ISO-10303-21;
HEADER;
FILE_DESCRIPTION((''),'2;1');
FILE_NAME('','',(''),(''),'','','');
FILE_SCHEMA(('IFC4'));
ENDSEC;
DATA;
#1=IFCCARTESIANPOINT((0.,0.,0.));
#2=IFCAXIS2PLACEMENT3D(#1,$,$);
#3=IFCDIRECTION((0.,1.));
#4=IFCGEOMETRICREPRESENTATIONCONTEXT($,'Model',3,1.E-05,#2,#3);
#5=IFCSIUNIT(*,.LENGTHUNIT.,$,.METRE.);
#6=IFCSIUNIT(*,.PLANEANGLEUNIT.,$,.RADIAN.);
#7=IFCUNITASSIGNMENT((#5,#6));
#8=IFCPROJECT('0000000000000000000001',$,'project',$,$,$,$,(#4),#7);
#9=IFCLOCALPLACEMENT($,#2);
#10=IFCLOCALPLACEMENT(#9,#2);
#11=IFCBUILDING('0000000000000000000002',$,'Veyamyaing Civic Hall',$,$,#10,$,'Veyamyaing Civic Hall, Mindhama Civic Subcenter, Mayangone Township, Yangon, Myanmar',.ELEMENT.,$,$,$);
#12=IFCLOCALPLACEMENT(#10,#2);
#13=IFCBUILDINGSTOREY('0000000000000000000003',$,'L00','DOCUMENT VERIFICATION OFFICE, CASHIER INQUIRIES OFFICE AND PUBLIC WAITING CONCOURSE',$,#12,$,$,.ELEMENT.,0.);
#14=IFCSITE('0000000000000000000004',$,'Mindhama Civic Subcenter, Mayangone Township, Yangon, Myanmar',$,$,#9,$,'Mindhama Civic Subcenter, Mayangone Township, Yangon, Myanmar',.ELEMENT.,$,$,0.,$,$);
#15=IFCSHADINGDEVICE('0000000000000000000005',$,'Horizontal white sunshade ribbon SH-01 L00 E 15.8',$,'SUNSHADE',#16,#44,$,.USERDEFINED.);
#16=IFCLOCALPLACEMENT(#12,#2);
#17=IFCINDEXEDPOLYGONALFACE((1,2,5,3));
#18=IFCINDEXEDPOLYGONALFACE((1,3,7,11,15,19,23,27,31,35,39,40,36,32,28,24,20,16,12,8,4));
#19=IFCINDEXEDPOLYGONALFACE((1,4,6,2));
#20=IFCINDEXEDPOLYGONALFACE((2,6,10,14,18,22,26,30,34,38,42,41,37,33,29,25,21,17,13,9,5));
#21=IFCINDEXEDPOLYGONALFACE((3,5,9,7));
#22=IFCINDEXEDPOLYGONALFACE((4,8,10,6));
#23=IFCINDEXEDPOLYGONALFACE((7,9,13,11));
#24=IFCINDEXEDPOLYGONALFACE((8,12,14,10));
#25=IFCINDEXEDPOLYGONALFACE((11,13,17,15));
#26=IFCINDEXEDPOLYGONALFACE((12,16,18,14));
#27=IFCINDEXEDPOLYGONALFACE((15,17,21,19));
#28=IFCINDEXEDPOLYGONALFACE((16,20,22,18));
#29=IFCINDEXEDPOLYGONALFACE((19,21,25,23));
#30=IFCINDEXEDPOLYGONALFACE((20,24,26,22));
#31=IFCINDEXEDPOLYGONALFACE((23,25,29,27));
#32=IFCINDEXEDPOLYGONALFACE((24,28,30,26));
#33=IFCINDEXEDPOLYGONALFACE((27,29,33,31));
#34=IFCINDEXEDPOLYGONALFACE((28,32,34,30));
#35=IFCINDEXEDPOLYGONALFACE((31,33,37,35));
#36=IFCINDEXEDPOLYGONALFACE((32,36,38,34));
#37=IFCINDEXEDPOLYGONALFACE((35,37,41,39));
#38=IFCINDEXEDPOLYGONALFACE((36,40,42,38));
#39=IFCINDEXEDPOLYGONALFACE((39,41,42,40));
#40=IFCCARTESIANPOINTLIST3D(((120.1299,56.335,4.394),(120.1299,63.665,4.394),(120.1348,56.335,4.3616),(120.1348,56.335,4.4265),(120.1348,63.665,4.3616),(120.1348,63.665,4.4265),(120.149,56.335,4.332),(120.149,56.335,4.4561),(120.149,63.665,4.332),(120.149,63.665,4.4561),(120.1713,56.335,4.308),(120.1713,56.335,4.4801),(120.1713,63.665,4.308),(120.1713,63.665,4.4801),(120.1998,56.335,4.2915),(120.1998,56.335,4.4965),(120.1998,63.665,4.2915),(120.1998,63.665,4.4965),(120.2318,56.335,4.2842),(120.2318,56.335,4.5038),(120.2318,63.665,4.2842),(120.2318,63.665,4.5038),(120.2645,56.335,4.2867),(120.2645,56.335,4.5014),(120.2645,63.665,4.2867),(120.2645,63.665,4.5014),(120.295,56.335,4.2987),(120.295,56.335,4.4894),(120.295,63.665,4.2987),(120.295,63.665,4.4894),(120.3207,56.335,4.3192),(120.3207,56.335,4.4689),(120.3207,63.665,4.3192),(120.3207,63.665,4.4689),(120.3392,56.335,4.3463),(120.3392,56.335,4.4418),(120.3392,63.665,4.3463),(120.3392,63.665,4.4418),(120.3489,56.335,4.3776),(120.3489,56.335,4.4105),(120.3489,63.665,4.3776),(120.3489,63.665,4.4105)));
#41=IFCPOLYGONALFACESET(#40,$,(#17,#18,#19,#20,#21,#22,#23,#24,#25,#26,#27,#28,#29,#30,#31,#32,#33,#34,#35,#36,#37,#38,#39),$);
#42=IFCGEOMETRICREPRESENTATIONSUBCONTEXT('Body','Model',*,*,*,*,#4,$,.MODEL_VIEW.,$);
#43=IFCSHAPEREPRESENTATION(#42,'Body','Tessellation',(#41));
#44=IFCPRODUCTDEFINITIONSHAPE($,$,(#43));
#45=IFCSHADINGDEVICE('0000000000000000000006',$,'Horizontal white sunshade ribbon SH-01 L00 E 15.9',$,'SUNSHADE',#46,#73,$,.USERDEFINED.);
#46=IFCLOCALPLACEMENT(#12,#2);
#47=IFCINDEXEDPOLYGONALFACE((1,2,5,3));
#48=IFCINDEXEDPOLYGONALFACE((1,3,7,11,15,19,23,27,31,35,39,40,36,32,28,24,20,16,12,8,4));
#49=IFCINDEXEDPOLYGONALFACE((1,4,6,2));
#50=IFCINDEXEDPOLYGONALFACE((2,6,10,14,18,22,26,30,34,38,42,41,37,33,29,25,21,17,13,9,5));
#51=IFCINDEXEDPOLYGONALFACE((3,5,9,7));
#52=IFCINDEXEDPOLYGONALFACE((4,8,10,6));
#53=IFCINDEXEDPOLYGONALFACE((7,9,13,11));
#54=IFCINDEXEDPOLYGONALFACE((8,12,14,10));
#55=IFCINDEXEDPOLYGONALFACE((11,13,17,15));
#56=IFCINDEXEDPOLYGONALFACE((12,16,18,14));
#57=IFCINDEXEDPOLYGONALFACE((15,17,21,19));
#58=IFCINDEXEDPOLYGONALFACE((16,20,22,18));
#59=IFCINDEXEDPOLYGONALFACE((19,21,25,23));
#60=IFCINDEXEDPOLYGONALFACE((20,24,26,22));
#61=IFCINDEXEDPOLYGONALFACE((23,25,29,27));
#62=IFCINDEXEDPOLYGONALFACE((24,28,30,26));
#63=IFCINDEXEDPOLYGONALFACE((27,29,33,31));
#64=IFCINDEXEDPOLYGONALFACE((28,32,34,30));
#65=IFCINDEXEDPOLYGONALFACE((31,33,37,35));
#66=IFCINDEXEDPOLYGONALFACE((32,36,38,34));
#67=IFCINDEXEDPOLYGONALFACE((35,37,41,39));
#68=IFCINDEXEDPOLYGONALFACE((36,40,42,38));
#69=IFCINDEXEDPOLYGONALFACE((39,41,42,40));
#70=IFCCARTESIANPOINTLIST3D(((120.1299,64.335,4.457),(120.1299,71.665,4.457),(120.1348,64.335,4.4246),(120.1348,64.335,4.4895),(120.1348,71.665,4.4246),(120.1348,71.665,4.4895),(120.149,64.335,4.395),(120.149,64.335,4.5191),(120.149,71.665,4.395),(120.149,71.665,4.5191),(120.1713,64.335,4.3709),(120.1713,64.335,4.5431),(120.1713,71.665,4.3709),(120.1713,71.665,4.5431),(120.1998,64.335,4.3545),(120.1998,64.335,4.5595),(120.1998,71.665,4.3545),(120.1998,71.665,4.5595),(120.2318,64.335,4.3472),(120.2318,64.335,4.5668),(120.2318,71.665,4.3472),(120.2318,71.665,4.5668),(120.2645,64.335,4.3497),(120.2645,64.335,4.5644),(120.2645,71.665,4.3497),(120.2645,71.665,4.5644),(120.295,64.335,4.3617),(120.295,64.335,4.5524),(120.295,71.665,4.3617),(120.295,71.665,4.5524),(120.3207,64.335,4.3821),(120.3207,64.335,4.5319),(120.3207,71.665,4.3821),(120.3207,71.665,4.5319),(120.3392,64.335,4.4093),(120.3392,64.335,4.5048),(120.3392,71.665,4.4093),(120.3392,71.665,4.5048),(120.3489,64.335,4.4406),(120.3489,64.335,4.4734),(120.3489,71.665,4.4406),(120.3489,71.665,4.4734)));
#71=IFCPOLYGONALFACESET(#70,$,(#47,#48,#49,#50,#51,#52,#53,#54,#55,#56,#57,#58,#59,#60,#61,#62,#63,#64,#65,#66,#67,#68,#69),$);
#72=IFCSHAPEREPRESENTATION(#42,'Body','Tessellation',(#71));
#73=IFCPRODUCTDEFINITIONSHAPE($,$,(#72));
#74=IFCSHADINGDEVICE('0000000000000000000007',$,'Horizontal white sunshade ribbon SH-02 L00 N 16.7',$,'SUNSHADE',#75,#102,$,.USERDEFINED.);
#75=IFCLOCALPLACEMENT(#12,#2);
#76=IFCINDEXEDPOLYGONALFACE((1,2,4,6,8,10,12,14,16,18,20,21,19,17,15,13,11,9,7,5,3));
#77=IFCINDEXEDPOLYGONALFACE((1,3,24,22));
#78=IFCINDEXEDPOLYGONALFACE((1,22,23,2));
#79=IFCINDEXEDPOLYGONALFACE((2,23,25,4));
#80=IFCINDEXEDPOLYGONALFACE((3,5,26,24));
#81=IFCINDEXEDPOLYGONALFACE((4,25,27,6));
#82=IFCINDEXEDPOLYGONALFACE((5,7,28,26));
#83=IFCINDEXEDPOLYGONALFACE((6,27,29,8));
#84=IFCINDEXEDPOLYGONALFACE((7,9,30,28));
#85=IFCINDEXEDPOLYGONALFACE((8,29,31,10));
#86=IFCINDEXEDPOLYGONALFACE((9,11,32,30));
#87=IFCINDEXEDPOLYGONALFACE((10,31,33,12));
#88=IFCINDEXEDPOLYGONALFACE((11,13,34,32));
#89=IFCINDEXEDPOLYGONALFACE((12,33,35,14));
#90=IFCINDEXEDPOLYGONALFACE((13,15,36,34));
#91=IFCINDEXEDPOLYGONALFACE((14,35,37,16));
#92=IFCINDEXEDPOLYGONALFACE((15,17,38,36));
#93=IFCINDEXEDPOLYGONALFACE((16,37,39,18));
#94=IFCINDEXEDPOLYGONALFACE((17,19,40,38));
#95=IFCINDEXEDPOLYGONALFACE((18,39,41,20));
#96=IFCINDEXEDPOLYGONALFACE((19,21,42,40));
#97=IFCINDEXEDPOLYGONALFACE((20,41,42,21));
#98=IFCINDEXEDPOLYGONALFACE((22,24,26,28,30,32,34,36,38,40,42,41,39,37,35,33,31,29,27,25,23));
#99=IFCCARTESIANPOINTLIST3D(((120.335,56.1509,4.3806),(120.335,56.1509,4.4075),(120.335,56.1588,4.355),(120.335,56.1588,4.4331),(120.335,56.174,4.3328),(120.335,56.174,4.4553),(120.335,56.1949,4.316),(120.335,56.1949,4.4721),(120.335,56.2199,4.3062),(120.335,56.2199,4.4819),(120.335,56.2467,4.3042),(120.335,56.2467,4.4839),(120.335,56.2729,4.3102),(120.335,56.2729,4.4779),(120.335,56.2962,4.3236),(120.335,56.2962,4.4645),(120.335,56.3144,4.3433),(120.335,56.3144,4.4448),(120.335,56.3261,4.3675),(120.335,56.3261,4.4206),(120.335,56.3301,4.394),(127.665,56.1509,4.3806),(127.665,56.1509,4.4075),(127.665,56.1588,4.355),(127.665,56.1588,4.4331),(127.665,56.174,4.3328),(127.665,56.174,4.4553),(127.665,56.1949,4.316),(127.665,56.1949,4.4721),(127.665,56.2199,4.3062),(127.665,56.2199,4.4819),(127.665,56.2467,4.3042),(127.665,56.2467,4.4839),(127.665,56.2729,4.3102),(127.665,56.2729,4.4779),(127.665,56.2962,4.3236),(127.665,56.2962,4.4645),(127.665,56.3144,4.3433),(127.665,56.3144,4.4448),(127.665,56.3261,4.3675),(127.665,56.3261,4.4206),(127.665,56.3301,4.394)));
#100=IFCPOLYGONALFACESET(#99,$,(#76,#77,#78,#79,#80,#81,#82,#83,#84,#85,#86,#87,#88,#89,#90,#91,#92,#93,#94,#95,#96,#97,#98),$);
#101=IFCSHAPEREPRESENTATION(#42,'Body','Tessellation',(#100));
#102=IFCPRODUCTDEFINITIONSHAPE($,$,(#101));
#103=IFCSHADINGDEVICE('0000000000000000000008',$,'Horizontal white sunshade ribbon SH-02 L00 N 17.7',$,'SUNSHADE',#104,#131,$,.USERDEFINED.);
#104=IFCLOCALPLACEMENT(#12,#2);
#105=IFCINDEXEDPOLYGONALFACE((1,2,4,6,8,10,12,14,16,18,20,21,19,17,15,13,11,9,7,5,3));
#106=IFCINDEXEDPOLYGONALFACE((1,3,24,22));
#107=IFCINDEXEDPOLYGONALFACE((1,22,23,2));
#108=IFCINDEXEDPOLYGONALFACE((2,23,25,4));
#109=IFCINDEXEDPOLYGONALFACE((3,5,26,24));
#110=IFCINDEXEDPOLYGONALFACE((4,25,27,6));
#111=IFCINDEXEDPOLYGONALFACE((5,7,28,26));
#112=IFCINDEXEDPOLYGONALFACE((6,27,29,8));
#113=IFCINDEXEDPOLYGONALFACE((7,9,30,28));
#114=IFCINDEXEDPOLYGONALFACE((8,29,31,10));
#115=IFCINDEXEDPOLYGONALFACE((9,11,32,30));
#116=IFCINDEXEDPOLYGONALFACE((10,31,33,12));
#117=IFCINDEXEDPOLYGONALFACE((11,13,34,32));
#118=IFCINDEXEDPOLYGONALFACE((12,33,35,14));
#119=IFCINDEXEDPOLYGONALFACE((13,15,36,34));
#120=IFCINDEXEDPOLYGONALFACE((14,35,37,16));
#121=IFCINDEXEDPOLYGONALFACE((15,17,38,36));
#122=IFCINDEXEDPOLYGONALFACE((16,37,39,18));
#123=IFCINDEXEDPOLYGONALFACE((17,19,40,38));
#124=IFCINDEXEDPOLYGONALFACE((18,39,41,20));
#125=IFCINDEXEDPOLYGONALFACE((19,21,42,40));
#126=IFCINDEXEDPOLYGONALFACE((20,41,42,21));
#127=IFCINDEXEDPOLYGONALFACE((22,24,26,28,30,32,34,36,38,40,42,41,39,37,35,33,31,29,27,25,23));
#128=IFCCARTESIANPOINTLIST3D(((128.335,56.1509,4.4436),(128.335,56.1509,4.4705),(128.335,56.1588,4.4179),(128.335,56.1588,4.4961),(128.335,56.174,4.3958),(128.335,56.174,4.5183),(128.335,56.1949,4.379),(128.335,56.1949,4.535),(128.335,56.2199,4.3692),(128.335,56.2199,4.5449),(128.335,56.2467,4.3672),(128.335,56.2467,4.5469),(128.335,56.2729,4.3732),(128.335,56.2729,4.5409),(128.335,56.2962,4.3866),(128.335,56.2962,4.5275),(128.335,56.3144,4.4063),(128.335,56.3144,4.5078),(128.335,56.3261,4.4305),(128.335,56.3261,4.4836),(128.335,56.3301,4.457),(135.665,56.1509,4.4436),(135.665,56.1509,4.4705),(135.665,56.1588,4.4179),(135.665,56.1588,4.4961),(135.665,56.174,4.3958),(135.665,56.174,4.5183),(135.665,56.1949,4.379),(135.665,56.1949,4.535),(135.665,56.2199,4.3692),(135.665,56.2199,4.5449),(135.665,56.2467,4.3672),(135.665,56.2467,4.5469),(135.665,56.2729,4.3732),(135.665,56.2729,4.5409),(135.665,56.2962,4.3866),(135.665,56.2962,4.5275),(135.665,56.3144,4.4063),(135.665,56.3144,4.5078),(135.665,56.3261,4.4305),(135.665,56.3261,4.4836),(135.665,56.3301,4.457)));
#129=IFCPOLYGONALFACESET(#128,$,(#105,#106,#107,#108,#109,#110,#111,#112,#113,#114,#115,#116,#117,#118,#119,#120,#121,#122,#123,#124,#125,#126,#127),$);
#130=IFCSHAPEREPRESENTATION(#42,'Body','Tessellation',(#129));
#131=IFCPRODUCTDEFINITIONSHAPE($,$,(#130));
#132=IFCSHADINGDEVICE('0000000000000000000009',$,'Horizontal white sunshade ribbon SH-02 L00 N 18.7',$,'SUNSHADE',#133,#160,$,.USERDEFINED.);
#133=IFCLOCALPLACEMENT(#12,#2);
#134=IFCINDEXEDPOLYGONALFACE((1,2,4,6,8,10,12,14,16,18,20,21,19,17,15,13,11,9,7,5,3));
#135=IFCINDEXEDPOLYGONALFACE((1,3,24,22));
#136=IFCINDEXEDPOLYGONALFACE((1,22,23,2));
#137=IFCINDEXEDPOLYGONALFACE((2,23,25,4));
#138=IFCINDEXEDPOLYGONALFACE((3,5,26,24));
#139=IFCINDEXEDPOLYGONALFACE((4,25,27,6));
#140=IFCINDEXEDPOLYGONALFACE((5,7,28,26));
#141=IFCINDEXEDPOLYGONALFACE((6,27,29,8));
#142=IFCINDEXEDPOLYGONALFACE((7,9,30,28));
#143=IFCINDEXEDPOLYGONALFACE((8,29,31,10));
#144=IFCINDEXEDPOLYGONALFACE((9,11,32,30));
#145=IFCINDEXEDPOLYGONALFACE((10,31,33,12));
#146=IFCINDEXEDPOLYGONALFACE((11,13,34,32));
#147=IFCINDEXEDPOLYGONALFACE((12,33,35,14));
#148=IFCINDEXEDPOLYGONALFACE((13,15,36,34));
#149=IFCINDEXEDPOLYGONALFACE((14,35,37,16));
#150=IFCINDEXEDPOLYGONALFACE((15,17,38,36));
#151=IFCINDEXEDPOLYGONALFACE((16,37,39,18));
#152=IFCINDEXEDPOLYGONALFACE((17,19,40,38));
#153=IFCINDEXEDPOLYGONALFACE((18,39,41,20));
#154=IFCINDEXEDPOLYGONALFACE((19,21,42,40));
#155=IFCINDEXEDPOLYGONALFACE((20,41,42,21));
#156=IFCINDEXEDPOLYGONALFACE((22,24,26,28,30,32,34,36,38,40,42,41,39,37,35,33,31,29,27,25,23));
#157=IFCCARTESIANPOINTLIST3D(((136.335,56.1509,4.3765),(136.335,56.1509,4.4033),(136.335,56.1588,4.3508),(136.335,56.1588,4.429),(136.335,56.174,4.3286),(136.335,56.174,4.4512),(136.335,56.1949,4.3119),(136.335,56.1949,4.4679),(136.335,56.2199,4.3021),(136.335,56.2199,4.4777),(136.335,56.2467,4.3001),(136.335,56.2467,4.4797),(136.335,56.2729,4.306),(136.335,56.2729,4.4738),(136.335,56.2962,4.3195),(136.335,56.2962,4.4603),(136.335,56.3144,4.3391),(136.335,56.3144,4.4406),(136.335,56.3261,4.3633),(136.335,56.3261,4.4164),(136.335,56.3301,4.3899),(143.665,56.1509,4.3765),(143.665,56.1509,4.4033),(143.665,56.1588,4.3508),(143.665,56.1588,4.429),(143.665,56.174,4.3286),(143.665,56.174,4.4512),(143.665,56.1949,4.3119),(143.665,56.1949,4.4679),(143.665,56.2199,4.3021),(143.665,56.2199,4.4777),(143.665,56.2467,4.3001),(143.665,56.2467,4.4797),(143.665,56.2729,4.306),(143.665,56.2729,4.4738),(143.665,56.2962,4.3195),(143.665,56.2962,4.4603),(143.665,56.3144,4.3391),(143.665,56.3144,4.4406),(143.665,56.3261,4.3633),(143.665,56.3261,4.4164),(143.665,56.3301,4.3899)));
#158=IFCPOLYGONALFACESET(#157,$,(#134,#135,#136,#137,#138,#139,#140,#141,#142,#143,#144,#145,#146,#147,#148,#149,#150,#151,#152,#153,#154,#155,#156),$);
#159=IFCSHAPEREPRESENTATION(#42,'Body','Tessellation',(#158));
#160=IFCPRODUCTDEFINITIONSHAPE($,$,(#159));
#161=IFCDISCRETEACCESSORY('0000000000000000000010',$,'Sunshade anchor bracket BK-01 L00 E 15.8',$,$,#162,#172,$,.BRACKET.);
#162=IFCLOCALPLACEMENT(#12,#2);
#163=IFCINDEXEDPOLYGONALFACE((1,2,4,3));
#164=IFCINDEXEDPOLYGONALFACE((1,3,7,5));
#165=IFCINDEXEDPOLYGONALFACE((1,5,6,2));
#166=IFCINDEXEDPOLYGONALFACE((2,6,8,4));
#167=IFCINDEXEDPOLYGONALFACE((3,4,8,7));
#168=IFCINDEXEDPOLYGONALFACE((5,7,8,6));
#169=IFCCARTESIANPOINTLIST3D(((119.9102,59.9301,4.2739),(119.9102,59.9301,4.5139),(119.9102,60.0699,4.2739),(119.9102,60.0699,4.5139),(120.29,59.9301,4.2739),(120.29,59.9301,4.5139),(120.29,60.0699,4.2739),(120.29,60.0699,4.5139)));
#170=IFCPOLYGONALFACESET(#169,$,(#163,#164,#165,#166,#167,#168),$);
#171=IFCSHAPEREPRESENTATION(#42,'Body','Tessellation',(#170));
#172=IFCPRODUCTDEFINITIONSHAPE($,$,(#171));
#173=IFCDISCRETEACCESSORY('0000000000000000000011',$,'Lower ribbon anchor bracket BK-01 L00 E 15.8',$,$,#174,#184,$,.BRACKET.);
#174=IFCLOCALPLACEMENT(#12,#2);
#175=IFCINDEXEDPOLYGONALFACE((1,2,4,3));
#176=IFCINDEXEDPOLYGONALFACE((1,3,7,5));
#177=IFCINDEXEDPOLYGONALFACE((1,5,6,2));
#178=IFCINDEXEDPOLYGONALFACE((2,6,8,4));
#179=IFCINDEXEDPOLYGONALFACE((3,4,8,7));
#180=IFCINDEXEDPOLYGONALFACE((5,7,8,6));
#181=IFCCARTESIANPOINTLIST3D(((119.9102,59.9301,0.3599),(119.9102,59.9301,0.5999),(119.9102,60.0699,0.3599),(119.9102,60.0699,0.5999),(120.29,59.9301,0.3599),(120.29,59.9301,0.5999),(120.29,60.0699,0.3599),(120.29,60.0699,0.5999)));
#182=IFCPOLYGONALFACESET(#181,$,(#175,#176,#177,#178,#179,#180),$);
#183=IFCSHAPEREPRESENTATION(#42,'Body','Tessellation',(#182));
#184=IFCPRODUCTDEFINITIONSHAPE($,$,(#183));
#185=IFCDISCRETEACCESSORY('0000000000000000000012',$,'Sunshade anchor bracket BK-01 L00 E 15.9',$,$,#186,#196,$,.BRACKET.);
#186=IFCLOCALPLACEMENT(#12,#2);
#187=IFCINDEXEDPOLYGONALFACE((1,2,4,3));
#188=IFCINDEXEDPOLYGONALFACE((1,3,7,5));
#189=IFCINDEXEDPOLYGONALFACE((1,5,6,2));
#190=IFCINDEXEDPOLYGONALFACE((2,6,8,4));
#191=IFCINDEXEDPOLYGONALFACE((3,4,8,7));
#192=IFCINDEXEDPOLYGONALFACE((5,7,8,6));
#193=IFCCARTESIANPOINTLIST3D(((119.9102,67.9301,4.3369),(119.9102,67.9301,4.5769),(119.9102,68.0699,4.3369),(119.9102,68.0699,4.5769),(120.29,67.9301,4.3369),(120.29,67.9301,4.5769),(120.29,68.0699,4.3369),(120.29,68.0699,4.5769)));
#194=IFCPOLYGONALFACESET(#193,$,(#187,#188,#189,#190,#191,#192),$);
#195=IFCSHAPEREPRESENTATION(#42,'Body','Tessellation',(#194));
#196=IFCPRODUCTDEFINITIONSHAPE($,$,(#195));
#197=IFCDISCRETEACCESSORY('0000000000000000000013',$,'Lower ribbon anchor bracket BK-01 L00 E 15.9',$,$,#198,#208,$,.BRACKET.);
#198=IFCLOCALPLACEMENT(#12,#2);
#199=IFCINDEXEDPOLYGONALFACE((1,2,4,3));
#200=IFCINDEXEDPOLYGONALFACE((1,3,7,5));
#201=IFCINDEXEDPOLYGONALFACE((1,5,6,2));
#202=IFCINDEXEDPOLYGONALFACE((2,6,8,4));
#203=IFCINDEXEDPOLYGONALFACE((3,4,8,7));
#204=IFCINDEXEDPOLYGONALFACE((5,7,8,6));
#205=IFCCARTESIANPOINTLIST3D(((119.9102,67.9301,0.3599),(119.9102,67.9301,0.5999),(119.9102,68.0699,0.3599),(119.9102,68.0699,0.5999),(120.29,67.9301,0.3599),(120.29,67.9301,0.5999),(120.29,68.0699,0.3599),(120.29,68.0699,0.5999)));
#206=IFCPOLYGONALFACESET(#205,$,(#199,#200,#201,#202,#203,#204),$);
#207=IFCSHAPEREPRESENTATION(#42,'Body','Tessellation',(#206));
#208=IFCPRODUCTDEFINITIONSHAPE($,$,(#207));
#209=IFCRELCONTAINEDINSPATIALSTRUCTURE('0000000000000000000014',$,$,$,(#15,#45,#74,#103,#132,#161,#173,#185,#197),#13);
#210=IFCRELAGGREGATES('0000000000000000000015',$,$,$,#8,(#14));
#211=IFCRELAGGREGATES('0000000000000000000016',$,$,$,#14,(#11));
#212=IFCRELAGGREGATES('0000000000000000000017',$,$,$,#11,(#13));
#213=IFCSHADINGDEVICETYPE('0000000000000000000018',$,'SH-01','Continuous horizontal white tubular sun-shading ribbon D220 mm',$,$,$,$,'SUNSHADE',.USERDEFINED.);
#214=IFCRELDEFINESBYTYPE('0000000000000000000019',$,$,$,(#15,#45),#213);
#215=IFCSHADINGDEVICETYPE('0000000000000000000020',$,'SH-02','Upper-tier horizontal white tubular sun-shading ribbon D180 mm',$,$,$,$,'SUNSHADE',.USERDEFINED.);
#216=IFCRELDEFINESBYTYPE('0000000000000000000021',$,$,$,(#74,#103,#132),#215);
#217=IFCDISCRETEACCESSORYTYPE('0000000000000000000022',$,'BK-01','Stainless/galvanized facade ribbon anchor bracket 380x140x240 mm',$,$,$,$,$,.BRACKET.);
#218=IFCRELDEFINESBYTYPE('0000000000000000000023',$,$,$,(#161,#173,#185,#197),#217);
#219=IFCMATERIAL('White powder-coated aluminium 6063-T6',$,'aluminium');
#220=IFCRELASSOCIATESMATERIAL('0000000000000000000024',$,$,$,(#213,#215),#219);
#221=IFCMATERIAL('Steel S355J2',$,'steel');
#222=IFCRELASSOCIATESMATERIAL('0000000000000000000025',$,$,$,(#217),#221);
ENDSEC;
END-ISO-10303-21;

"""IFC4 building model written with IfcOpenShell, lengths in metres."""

from ifc_helpers import new_model, si_unit, direction, frame, origin, origin_2d, place, context, subcontext, project, spatial, rectangle, circle, extrude, material, material_profile, profile_set, type_object, element, save


model = new_model("IFC4")

# Units and contexts
model_context = context("Model", 3, precision=1e-05, world=origin(), true_north=direction((0.0, 1.0)))
body_context = subcontext(model_context, "Body", "Model", "MODEL_VIEW")
ifc_project = project(units=[si_unit("LENGTHUNIT", "METRE"), si_unit("PLANEANGLEUNIT", "RADIAN")], contexts=[model_context])

# Site, building, storey
site_placement = place(None, origin())
site = spatial("IfcSite", under=ifc_project, at=site_placement, Name="Mindhama Civic Subcenter, Mayangone Township, Yangon, Myanmar", LongName="Mindhama Civic Subcenter, Mayangone Township, Yangon, Myanmar", CompositionType="ELEMENT", RefElevation=0.0)
building_placement = place(site_placement, origin())
building = spatial("IfcBuilding", under=site, at=building_placement, Name="Veyamyaing Civic Hall", LongName="Veyamyaing Civic Hall, Mindhama Civic Subcenter, Mayangone Township, Yangon, Myanmar", CompositionType="ELEMENT")
storey_placement = place(building_placement, origin())
storey = spatial("IfcBuildingStorey", under=building, at=storey_placement, Name="L00", Description="DOCUMENT VERIFICATION OFFICE, CASHIER INQUIRIES OFFICE AND PUBLIC WAITING CONCOURSE", CompositionType="ELEMENT", Elevation=0.0)

# Shared definitions
ifc_material_1 = material(Name="White powder-coated aluminium 6063-T6", Category="aluminium")

# Shading devices
ifc_material_profile_1 = material_profile(ifc_material_1, circle(Radius=0.1101, at=origin_2d()), Name="SHADE-TUBE-220")
ifc_profile_set_1 = profile_set([ifc_material_profile_1], Name="White powder-coated aluminium 6063-T6")
shading_device_type_1 = type_object("IfcShadingDeviceType", Name="SH-01", Description="Continuous horizontal white tubular sun-shading ribbon D220 mm", ElementType="SUNSHADE", PredefinedType="USERDEFINED", material=ifc_profile_set_1)
for number, where, z_axis, x_axis, name in (
    (1, (120.24, 56.335, 4.394), (0.0, 1.0, 0.0), (-1.0, 0.0, 0.0), "Horizontal white sunshade ribbon SH-01 L00 E 15.8"),
    (2, (120.24, 64.335, 4.457), (0.0, 1.0, 0.0), (-1.0, 0.0, 0.0), "Horizontal white sunshade ribbon SH-01 L00 E 15.9"),
):
    element("IfcShadingDevice", number, at=place(storey_placement, frame(where, z_axis=z_axis, x_axis=x_axis)), inside=storey, type_object=shading_device_type_1, Name=name, ObjectType="SUNSHADE", PredefinedType="USERDEFINED", context=body_context, shape_type="SweptSolid", body=[
        extrude(circle(Radius=0.1101, at=origin_2d()), origin(), (0.0, 0.0, 1.0), 7.3301),
    ])
ifc_material_profile_2 = material_profile(ifc_material_1, circle(Radius=0.0901, at=origin_2d()), Name="SHADE-TUBE-180")
ifc_profile_set_2 = profile_set([ifc_material_profile_2], Name="White powder-coated aluminium 6063-T6")
shading_device_type_2 = type_object("IfcShadingDeviceType", Name="SH-02", Description="Upper-tier horizontal white tubular sun-shading ribbon D180 mm", ElementType="SUNSHADE", PredefinedType="USERDEFINED", material=ifc_profile_set_2)
for number, where, z_axis, x_axis, name in (
    (3, (120.335, 56.24, 4.394), (1.0, 0.0, 0.0), (0.0, 1.0, 0.0), "Horizontal white sunshade ribbon SH-02 L00 N 16.7"),
    (4, (128.335, 56.24, 4.457), (1.0, 0.0, 0.0), (0.0, 1.0, 0.0), "Horizontal white sunshade ribbon SH-02 L00 N 17.7"),
    (5, (136.335, 56.24, 4.3899), (1.0, 0.0, 0.0), (0.0, 1.0, 0.0), "Horizontal white sunshade ribbon SH-02 L00 N 18.7"),
):
    element("IfcShadingDevice", number, at=place(storey_placement, frame(where, z_axis=z_axis, x_axis=x_axis)), inside=storey, type_object=shading_device_type_2, Name=name, ObjectType="SUNSHADE", PredefinedType="USERDEFINED", context=body_context, shape_type="SweptSolid", body=[
        extrude(circle(Radius=0.0901, at=origin_2d()), origin(), (0.0, 0.0, 1.0), 7.3301),
    ])

# Discrete accessories
ifc_material_2 = material(Name="Steel S355J2", Category="steel")
discrete_accessory_type = type_object("IfcDiscreteAccessoryType", Name="BK-01", Description="Stainless/galvanized facade ribbon anchor bracket 380x140x240 mm", PredefinedType="BRACKET", material=ifc_material_2)
for number, where, z_axis, x_axis, name in (
    (6, (120.1001, 60.0, 4.2739), (0.0, 0.0, 1.0), (1.0, 0.0, 0.0), "Sunshade anchor bracket BK-01 L00 E 15.8"),
    (7, (120.1001, 60.0, 0.3599), (0.0, 0.0, 1.0), (1.0, 0.0, 0.0), "Lower ribbon anchor bracket BK-01 L00 E 15.8"),
    (8, (120.1001, 68.0, 4.3369), (0.0, 0.0, 1.0), (1.0, 0.0, 0.0), "Sunshade anchor bracket BK-01 L00 E 15.9"),
    (9, (120.1001, 68.0, 0.3599), (0.0, 0.0, 1.0), (1.0, 0.0, 0.0), "Lower ribbon anchor bracket BK-01 L00 E 15.9"),
):
    element("IfcDiscreteAccessory", number, at=place(storey_placement, frame(where, z_axis=z_axis, x_axis=x_axis)), inside=storey, type_object=discrete_accessory_type, Name=name, PredefinedType="BRACKET", context=body_context, shape_type="SweptSolid", body=[
        extrude(rectangle(XDim=0.3799, YDim=0.1399, at=origin_2d()), origin(), (0.0, 0.0, 1.0), 0.24),
    ])

save(model, "model.ifc")
